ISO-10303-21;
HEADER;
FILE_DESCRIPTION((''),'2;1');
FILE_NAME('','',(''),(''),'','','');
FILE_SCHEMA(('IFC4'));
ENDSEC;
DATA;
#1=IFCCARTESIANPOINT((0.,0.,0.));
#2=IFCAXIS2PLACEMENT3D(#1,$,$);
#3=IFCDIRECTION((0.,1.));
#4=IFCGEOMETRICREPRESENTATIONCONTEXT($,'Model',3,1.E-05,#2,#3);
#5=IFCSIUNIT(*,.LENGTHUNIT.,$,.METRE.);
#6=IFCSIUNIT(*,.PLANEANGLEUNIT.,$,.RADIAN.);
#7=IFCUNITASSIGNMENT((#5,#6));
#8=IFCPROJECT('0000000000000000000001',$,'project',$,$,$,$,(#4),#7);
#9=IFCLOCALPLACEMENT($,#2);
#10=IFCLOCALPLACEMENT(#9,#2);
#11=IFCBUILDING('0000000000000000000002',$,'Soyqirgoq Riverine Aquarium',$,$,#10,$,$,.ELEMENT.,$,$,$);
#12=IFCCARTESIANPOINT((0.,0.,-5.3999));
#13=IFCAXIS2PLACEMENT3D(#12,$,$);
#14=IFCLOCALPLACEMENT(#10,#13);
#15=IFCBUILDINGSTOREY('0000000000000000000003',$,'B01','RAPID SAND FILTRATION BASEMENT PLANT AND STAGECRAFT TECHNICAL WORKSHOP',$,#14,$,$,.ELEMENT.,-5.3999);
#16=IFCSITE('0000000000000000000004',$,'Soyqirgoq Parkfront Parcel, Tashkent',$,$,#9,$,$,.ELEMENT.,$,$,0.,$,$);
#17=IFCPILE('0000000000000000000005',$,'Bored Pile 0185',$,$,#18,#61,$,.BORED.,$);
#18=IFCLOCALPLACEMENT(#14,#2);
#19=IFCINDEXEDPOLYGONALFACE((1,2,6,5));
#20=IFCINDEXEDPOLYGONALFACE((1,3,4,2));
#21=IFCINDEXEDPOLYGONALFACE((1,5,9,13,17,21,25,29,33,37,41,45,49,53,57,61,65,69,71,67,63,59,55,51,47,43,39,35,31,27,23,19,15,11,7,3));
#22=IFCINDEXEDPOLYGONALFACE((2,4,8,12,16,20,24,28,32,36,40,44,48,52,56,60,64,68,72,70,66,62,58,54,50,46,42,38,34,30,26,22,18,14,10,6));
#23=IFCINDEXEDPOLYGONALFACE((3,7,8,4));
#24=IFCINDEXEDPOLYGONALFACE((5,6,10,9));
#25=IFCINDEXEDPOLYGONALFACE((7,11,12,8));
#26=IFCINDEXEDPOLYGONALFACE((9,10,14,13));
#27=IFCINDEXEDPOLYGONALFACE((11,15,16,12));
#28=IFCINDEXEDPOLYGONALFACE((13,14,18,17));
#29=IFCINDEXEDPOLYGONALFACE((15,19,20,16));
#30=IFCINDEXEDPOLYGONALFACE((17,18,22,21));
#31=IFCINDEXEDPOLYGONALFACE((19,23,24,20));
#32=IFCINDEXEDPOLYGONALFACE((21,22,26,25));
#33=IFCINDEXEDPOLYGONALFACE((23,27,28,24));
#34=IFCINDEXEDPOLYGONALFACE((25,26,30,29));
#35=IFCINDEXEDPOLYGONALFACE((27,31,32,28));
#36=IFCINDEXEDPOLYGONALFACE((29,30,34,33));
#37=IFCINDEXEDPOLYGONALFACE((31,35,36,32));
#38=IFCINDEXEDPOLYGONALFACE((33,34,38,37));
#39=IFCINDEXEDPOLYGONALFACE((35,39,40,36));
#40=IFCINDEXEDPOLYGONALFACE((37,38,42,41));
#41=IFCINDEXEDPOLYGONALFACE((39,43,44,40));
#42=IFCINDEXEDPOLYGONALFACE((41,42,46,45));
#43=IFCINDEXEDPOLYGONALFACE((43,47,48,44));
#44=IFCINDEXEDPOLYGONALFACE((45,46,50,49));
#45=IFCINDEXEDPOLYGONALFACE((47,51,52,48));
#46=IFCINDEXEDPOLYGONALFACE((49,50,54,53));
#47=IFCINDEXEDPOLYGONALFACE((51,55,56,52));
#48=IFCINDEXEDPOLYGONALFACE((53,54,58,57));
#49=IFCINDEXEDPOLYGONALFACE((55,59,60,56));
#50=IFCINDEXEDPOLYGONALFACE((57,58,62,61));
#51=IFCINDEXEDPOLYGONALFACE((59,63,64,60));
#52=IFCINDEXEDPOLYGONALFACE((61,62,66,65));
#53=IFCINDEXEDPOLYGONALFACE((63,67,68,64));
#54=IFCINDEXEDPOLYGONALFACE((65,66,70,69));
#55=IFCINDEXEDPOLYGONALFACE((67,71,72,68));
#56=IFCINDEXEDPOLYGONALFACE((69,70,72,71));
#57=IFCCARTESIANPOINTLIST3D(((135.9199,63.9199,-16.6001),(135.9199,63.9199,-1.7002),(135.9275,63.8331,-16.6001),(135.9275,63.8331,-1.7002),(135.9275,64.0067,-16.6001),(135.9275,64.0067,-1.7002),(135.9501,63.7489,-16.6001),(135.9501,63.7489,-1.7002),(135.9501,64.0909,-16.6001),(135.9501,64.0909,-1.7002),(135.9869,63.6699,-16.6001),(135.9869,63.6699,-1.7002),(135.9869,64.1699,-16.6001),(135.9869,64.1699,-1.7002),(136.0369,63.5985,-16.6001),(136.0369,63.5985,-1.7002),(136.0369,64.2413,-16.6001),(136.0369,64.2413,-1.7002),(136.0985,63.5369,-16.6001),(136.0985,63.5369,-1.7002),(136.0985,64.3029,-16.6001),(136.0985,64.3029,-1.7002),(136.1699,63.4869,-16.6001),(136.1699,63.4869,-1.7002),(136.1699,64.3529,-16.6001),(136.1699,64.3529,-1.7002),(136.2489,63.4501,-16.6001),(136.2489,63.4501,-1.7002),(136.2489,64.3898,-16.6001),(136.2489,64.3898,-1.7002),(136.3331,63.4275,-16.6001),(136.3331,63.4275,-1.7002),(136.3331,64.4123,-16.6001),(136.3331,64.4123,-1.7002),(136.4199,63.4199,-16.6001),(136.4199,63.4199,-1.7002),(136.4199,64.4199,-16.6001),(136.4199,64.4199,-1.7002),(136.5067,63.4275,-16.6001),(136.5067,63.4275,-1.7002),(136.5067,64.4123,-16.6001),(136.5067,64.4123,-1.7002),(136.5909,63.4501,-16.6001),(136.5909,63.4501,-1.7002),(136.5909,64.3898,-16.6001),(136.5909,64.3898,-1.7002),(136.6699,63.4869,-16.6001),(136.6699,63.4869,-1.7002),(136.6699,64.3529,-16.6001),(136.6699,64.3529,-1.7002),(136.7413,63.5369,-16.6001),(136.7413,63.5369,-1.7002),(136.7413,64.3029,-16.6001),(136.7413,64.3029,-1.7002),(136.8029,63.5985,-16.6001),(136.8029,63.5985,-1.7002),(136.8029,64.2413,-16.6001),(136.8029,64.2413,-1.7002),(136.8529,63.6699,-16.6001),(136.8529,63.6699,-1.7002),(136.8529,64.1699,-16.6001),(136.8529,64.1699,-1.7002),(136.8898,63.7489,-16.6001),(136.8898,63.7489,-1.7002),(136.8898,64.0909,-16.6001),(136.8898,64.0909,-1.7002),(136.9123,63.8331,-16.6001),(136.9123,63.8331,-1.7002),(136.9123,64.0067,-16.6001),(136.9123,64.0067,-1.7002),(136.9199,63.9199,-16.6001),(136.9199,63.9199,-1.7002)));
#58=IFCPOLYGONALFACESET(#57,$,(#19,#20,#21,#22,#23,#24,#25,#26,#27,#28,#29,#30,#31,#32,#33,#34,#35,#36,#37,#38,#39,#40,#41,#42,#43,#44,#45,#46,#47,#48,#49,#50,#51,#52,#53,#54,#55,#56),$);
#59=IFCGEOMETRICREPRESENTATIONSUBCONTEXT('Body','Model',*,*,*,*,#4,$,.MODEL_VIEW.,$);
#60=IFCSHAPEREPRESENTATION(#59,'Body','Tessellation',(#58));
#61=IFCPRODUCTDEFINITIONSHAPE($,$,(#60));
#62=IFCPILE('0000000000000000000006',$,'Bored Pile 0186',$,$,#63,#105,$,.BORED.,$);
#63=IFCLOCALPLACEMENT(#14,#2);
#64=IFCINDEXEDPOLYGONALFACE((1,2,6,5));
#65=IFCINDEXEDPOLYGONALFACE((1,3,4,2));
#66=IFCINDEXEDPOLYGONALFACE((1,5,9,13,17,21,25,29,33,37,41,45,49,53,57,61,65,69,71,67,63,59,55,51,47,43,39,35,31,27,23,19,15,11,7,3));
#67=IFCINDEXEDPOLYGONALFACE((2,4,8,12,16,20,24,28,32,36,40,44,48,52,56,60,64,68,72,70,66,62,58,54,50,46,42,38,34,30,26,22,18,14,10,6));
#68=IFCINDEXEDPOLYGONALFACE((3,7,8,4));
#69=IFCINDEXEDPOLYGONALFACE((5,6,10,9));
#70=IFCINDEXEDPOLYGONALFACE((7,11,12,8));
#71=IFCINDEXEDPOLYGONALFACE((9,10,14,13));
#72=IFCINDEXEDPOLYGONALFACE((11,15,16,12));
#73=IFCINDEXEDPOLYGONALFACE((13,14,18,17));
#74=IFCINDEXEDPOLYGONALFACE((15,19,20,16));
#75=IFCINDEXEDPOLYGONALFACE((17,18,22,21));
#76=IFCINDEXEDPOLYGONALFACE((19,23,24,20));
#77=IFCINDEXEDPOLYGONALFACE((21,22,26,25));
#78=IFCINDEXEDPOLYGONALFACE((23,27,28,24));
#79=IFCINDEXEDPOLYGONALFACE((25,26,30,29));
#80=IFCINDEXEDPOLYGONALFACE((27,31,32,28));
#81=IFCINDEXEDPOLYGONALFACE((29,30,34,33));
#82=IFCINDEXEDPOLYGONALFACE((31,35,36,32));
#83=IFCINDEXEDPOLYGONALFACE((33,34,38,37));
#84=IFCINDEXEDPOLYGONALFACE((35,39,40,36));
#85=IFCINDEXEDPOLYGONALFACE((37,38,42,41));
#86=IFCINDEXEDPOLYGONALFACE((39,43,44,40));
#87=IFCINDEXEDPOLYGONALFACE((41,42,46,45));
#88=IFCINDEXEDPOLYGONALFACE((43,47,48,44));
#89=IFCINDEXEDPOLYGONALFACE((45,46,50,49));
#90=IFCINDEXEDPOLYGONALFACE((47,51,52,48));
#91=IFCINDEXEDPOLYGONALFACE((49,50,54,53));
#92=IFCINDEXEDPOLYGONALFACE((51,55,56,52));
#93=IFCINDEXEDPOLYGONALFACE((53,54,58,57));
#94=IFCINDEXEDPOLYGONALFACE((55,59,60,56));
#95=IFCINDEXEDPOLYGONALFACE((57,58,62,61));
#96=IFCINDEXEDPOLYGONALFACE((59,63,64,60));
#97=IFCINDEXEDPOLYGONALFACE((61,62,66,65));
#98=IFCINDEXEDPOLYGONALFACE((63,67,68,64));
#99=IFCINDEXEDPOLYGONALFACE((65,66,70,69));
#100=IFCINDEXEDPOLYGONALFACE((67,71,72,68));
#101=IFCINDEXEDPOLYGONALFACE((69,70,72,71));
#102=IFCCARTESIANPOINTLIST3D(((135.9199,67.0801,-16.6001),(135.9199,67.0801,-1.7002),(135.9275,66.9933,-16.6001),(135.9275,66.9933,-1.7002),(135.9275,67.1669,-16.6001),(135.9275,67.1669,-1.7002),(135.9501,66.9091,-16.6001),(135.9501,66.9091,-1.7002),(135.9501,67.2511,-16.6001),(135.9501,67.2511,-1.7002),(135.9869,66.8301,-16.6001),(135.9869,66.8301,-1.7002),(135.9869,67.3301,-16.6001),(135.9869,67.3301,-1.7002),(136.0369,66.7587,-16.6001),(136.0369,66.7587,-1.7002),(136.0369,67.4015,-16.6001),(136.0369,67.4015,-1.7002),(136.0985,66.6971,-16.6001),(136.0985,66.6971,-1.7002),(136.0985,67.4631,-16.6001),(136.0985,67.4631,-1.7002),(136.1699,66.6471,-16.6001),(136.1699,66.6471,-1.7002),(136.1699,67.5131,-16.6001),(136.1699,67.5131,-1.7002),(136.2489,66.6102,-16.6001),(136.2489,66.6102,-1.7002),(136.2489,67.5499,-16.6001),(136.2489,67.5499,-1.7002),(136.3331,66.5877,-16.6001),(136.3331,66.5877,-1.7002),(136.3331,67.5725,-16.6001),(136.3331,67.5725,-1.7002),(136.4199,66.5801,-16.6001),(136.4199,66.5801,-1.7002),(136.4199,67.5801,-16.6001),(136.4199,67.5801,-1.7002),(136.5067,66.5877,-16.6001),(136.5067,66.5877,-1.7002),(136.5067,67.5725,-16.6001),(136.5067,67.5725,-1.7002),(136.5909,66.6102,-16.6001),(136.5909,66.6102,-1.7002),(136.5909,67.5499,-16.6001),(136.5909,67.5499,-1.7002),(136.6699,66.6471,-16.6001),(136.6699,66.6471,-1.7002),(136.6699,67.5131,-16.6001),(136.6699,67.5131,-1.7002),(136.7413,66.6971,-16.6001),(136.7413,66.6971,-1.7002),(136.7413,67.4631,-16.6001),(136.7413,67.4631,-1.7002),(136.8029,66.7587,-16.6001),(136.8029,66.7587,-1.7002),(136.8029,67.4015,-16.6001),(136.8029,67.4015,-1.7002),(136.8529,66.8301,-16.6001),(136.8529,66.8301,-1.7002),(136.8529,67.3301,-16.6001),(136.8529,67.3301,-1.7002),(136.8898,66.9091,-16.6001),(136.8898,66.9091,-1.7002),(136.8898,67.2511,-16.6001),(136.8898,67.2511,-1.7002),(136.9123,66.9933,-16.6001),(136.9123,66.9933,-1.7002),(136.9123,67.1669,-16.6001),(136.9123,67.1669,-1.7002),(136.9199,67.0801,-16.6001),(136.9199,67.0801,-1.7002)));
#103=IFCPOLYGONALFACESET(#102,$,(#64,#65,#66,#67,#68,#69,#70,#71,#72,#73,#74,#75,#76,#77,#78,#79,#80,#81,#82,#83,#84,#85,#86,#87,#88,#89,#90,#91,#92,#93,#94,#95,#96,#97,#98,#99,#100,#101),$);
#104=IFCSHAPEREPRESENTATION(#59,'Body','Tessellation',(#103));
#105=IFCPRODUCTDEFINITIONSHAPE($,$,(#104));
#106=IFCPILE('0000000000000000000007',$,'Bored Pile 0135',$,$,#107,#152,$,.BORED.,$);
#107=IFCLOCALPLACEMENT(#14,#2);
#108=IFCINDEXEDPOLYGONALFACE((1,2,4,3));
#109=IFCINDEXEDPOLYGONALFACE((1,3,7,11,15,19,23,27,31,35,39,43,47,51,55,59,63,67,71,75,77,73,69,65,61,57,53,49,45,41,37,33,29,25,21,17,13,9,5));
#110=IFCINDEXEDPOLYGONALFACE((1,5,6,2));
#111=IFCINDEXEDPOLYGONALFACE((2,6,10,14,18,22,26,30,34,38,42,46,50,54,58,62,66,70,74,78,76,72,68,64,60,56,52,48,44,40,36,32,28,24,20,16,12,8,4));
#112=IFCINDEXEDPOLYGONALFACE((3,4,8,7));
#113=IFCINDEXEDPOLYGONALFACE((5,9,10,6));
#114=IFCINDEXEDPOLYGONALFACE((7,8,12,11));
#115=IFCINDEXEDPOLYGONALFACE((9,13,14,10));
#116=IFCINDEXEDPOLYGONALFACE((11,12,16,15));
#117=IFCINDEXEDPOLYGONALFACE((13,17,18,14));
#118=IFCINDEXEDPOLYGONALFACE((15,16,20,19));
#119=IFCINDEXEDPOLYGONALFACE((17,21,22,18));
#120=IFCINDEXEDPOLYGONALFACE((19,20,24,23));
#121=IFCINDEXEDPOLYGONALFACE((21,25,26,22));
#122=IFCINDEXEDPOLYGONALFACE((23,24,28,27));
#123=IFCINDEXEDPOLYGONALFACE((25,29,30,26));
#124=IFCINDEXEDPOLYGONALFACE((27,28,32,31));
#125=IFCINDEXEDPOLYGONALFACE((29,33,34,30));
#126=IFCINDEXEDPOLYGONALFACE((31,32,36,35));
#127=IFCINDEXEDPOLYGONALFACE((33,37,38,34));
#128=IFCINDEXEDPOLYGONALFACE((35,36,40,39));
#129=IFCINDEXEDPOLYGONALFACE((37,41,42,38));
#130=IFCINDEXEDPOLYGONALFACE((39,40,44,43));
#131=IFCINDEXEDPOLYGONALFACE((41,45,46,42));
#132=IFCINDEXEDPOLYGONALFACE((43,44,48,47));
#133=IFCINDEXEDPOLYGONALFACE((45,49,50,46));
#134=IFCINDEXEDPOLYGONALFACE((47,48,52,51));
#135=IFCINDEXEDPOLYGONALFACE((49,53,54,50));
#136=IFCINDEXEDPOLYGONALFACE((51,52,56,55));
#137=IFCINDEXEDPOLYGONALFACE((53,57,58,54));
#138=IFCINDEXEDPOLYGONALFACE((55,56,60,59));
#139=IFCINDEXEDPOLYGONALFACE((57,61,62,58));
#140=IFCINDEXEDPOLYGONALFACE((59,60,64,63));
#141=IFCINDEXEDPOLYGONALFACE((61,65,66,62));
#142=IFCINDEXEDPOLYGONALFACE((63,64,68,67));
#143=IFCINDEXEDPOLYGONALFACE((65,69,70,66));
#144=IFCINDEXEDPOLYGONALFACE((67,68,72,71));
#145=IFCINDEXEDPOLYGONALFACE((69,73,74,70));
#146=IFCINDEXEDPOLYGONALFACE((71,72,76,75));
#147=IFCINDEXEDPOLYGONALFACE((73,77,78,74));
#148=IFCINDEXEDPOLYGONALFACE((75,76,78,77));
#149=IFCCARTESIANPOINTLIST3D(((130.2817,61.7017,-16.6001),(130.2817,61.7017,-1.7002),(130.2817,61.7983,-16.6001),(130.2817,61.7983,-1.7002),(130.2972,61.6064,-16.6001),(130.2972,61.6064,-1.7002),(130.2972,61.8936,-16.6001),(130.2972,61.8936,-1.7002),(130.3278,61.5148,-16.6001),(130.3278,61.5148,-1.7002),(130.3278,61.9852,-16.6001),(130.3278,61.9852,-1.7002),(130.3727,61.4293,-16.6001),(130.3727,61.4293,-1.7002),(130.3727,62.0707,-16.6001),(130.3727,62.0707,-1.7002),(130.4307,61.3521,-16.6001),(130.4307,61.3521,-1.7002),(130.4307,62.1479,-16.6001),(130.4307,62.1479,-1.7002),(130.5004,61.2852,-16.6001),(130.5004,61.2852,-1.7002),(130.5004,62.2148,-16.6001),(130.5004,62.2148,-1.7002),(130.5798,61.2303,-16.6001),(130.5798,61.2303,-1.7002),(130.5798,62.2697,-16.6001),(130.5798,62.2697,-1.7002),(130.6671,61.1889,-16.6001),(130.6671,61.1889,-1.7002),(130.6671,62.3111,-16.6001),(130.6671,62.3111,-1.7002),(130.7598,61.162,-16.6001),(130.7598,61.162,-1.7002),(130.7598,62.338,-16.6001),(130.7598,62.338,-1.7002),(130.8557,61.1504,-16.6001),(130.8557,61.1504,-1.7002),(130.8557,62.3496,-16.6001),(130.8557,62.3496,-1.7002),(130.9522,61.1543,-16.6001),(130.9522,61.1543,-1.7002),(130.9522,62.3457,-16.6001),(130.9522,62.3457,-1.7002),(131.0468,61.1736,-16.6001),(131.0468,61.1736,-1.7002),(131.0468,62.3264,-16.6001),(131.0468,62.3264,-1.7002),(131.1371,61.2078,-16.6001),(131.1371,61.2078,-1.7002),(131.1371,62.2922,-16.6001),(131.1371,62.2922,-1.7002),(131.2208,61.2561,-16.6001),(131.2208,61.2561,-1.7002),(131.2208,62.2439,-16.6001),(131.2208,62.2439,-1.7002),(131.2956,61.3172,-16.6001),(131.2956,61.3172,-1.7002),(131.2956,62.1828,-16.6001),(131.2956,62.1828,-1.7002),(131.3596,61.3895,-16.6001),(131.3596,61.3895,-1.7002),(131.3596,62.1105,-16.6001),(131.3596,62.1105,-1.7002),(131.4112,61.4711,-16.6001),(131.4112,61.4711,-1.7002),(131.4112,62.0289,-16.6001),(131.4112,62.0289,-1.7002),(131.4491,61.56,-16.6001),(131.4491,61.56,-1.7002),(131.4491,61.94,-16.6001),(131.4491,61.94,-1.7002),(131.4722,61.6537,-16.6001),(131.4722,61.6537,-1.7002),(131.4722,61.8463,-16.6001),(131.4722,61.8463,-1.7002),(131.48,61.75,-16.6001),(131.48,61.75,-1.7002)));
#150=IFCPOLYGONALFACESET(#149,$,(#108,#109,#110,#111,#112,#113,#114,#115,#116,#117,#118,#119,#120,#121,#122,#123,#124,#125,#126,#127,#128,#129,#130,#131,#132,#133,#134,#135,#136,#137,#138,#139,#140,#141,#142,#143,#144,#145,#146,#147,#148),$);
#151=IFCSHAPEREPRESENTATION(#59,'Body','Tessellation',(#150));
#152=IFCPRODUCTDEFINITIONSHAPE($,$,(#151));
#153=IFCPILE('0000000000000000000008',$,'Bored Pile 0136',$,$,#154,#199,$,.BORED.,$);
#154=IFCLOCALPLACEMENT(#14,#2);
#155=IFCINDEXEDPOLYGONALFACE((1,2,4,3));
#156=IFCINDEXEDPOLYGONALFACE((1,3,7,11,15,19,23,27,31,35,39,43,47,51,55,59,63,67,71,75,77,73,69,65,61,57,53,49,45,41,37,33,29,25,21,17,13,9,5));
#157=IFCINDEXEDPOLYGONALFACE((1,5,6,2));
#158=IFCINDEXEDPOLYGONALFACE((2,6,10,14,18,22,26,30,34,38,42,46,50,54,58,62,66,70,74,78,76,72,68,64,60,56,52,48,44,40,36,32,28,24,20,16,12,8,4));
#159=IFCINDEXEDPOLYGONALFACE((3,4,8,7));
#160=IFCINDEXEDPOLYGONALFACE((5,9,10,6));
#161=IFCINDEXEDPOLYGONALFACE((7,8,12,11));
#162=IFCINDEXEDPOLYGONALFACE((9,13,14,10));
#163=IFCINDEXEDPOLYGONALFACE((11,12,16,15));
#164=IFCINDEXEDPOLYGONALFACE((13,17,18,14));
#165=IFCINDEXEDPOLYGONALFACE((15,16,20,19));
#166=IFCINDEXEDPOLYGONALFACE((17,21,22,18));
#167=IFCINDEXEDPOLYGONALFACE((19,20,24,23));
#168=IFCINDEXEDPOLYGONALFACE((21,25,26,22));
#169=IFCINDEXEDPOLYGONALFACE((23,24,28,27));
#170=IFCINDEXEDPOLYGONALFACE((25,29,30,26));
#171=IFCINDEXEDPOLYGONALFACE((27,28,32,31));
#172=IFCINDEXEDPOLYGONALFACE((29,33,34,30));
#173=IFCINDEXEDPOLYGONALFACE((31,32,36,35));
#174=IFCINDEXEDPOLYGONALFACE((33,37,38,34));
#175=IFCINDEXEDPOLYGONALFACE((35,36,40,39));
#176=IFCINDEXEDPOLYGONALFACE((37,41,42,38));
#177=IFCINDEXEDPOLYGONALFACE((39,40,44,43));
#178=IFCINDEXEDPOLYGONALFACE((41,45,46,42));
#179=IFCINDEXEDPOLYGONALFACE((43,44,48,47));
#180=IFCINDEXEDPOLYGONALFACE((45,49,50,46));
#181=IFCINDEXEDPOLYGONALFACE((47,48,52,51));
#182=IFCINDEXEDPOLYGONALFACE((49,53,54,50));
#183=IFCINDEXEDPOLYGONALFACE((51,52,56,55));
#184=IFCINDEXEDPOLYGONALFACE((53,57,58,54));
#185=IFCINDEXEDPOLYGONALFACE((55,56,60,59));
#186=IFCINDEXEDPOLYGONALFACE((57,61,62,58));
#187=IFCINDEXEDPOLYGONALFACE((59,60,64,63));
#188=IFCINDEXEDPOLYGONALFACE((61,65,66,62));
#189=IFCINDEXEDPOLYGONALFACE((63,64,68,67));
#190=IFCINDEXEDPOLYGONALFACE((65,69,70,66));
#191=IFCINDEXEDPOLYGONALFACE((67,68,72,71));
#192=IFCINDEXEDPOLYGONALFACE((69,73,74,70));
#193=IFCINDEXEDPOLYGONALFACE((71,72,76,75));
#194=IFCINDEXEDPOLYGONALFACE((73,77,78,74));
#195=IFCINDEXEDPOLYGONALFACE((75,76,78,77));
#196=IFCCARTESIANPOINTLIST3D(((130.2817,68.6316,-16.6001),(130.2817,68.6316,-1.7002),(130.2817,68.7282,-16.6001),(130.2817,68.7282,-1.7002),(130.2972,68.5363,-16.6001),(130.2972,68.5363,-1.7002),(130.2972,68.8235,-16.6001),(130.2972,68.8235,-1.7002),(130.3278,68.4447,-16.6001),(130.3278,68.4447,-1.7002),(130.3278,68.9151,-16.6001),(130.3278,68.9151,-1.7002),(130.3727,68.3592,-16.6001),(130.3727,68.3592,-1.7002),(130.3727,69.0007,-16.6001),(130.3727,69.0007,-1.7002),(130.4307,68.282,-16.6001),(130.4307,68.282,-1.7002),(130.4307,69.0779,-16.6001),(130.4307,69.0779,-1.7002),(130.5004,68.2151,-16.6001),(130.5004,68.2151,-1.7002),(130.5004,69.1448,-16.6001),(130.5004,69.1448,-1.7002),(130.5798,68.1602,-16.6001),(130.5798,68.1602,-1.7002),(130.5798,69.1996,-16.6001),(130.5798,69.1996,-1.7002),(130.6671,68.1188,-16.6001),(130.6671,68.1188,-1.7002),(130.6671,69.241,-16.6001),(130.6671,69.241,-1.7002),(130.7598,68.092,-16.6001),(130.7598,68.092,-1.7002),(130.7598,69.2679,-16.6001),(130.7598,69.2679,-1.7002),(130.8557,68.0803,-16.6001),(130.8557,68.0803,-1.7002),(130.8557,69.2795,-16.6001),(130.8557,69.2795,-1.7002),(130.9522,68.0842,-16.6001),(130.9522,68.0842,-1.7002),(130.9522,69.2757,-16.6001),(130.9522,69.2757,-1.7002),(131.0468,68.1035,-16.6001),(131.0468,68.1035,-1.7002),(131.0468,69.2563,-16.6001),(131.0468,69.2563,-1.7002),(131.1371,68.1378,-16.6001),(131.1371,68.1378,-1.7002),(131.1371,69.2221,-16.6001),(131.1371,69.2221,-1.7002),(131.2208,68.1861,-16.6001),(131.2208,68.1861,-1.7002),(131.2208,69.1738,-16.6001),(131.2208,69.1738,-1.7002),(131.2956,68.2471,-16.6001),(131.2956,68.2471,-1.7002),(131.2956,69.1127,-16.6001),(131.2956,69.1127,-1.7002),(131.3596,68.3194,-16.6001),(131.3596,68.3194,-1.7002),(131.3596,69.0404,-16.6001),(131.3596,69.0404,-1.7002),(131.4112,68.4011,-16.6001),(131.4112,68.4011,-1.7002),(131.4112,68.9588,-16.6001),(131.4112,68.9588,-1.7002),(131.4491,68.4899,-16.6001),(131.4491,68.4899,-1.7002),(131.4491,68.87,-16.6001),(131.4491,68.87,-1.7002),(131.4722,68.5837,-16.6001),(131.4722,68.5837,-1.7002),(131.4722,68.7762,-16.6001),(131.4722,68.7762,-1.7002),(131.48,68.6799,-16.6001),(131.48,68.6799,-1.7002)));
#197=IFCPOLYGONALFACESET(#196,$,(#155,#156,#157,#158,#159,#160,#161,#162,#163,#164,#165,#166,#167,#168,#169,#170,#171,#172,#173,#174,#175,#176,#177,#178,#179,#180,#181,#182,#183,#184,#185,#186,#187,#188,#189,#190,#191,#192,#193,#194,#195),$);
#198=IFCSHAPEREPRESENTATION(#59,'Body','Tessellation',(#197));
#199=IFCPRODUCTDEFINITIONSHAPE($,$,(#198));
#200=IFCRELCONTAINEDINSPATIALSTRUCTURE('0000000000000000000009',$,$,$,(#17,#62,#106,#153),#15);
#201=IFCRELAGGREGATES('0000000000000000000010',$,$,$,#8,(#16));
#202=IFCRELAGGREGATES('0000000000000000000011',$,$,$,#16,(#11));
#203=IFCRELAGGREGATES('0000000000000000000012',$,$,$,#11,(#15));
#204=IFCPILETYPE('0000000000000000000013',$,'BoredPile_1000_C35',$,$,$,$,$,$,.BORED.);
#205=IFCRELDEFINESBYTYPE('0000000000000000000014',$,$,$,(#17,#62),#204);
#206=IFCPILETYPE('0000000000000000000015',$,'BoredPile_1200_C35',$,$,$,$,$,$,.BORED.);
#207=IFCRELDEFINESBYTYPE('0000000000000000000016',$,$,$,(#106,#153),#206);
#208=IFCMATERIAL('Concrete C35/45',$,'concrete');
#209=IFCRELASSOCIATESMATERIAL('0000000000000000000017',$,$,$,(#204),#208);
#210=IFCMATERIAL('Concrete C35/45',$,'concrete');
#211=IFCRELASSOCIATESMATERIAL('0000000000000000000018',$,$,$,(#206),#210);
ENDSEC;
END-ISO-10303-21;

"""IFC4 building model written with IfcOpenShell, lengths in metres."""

from ifc_helpers import new_model, si_unit, direction, frame, origin, origin_2d, place, context, subcontext, project, spatial, circle, extrude, material, material_profile, profile_set, type_object, element, save


model = new_model("IFC4")

# Units and contexts
model_context = context("Model", 3, precision=1e-05, world=origin(), true_north=direction((0.0, 1.0)))
body_context = subcontext(model_context, "Body", "Model", "MODEL_VIEW")
ifc_project = project(units=[si_unit("LENGTHUNIT", "METRE"), si_unit("PLANEANGLEUNIT", "RADIAN")], contexts=[model_context])

# Site, building, storey
site_placement = place(None, origin())
site = spatial("IfcSite", under=ifc_project, at=site_placement, Name="Soyqirgoq Parkfront Parcel, Tashkent", CompositionType="ELEMENT", RefElevation=0.0)
building_placement = place(site_placement, origin())
building = spatial("IfcBuilding", under=site, at=building_placement, Name="Soyqirgoq Riverine Aquarium", CompositionType="ELEMENT")
storey_placement = place(building_placement, frame((0.0, 0.0, -5.3999)))
storey = spatial("IfcBuildingStorey", under=building, at=storey_placement, Name="B01", Description="RAPID SAND FILTRATION BASEMENT PLANT AND STAGECRAFT TECHNICAL WORKSHOP", CompositionType="ELEMENT", Elevation=-5.3999)

# Piles
ifc_material_1 = material(Name="Concrete C35/45", Category="concrete")
ifc_material_profile_1 = material_profile(ifc_material_1, circle(Radius=0.5, at=origin_2d()), Name="BP D1000")
ifc_profile_set_1 = profile_set([ifc_material_profile_1], Name="Concrete C35/45")
pile_type_1 = type_object("IfcPileType", Name="BoredPile_1000_C35", PredefinedType="BORED", material=ifc_profile_set_1)
for number, where, z_axis, x_axis, name in (
    (1, (136.4199, 63.9199, -1.7002), (0.0, 0.0, -1.0), (1.0, 0.0, 0.0), "Bored Pile 0185"),
    (2, (136.4199, 67.0801, -1.7002), (0.0, 0.0, -1.0), (1.0, 0.0, 0.0), "Bored Pile 0186"),
):
    element("IfcPile", number, at=place(storey_placement, frame(where, z_axis=z_axis, x_axis=x_axis)), inside=storey, type_object=pile_type_1, Name=name, PredefinedType="BORED", context=body_context, shape_type="SweptSolid", body=[
        extrude(circle(Radius=0.5, at=origin_2d()), origin(), (0.0, 0.0, 1.0), 14.8999),
    ])
ifc_material_2 = material(Name="Concrete C35/45", Category="concrete")
ifc_material_profile_2 = material_profile(ifc_material_2, circle(Radius=0.6001, at=origin_2d()), Name="BP D1200")
ifc_profile_set_2 = profile_set([ifc_material_profile_2], Name="Concrete C35/45")
pile_type_2 = type_object("IfcPileType", Name="BoredPile_1200_C35", PredefinedType="BORED", material=ifc_profile_set_2)
for number, where, z_axis, x_axis, name in (
    (3, (130.8799, 61.75, -1.7002), (0.0, 0.0, -1.0), (1.0, 0.0, 0.0), "Bored Pile 0135"),
    (4, (130.8799, 68.6799, -1.7002), (0.0, 0.0, -1.0), (1.0, 0.0, 0.0), "Bored Pile 0136"),
):
    element("IfcPile", number, at=place(storey_placement, frame(where, z_axis=z_axis, x_axis=x_axis)), inside=storey, type_object=pile_type_2, Name=name, PredefinedType="BORED", context=body_context, shape_type="SweptSolid", body=[
        extrude(circle(Radius=0.6001, at=origin_2d()), origin(), (0.0, 0.0, 1.0), 14.8999),
    ])

save(model, "model.ifc")
